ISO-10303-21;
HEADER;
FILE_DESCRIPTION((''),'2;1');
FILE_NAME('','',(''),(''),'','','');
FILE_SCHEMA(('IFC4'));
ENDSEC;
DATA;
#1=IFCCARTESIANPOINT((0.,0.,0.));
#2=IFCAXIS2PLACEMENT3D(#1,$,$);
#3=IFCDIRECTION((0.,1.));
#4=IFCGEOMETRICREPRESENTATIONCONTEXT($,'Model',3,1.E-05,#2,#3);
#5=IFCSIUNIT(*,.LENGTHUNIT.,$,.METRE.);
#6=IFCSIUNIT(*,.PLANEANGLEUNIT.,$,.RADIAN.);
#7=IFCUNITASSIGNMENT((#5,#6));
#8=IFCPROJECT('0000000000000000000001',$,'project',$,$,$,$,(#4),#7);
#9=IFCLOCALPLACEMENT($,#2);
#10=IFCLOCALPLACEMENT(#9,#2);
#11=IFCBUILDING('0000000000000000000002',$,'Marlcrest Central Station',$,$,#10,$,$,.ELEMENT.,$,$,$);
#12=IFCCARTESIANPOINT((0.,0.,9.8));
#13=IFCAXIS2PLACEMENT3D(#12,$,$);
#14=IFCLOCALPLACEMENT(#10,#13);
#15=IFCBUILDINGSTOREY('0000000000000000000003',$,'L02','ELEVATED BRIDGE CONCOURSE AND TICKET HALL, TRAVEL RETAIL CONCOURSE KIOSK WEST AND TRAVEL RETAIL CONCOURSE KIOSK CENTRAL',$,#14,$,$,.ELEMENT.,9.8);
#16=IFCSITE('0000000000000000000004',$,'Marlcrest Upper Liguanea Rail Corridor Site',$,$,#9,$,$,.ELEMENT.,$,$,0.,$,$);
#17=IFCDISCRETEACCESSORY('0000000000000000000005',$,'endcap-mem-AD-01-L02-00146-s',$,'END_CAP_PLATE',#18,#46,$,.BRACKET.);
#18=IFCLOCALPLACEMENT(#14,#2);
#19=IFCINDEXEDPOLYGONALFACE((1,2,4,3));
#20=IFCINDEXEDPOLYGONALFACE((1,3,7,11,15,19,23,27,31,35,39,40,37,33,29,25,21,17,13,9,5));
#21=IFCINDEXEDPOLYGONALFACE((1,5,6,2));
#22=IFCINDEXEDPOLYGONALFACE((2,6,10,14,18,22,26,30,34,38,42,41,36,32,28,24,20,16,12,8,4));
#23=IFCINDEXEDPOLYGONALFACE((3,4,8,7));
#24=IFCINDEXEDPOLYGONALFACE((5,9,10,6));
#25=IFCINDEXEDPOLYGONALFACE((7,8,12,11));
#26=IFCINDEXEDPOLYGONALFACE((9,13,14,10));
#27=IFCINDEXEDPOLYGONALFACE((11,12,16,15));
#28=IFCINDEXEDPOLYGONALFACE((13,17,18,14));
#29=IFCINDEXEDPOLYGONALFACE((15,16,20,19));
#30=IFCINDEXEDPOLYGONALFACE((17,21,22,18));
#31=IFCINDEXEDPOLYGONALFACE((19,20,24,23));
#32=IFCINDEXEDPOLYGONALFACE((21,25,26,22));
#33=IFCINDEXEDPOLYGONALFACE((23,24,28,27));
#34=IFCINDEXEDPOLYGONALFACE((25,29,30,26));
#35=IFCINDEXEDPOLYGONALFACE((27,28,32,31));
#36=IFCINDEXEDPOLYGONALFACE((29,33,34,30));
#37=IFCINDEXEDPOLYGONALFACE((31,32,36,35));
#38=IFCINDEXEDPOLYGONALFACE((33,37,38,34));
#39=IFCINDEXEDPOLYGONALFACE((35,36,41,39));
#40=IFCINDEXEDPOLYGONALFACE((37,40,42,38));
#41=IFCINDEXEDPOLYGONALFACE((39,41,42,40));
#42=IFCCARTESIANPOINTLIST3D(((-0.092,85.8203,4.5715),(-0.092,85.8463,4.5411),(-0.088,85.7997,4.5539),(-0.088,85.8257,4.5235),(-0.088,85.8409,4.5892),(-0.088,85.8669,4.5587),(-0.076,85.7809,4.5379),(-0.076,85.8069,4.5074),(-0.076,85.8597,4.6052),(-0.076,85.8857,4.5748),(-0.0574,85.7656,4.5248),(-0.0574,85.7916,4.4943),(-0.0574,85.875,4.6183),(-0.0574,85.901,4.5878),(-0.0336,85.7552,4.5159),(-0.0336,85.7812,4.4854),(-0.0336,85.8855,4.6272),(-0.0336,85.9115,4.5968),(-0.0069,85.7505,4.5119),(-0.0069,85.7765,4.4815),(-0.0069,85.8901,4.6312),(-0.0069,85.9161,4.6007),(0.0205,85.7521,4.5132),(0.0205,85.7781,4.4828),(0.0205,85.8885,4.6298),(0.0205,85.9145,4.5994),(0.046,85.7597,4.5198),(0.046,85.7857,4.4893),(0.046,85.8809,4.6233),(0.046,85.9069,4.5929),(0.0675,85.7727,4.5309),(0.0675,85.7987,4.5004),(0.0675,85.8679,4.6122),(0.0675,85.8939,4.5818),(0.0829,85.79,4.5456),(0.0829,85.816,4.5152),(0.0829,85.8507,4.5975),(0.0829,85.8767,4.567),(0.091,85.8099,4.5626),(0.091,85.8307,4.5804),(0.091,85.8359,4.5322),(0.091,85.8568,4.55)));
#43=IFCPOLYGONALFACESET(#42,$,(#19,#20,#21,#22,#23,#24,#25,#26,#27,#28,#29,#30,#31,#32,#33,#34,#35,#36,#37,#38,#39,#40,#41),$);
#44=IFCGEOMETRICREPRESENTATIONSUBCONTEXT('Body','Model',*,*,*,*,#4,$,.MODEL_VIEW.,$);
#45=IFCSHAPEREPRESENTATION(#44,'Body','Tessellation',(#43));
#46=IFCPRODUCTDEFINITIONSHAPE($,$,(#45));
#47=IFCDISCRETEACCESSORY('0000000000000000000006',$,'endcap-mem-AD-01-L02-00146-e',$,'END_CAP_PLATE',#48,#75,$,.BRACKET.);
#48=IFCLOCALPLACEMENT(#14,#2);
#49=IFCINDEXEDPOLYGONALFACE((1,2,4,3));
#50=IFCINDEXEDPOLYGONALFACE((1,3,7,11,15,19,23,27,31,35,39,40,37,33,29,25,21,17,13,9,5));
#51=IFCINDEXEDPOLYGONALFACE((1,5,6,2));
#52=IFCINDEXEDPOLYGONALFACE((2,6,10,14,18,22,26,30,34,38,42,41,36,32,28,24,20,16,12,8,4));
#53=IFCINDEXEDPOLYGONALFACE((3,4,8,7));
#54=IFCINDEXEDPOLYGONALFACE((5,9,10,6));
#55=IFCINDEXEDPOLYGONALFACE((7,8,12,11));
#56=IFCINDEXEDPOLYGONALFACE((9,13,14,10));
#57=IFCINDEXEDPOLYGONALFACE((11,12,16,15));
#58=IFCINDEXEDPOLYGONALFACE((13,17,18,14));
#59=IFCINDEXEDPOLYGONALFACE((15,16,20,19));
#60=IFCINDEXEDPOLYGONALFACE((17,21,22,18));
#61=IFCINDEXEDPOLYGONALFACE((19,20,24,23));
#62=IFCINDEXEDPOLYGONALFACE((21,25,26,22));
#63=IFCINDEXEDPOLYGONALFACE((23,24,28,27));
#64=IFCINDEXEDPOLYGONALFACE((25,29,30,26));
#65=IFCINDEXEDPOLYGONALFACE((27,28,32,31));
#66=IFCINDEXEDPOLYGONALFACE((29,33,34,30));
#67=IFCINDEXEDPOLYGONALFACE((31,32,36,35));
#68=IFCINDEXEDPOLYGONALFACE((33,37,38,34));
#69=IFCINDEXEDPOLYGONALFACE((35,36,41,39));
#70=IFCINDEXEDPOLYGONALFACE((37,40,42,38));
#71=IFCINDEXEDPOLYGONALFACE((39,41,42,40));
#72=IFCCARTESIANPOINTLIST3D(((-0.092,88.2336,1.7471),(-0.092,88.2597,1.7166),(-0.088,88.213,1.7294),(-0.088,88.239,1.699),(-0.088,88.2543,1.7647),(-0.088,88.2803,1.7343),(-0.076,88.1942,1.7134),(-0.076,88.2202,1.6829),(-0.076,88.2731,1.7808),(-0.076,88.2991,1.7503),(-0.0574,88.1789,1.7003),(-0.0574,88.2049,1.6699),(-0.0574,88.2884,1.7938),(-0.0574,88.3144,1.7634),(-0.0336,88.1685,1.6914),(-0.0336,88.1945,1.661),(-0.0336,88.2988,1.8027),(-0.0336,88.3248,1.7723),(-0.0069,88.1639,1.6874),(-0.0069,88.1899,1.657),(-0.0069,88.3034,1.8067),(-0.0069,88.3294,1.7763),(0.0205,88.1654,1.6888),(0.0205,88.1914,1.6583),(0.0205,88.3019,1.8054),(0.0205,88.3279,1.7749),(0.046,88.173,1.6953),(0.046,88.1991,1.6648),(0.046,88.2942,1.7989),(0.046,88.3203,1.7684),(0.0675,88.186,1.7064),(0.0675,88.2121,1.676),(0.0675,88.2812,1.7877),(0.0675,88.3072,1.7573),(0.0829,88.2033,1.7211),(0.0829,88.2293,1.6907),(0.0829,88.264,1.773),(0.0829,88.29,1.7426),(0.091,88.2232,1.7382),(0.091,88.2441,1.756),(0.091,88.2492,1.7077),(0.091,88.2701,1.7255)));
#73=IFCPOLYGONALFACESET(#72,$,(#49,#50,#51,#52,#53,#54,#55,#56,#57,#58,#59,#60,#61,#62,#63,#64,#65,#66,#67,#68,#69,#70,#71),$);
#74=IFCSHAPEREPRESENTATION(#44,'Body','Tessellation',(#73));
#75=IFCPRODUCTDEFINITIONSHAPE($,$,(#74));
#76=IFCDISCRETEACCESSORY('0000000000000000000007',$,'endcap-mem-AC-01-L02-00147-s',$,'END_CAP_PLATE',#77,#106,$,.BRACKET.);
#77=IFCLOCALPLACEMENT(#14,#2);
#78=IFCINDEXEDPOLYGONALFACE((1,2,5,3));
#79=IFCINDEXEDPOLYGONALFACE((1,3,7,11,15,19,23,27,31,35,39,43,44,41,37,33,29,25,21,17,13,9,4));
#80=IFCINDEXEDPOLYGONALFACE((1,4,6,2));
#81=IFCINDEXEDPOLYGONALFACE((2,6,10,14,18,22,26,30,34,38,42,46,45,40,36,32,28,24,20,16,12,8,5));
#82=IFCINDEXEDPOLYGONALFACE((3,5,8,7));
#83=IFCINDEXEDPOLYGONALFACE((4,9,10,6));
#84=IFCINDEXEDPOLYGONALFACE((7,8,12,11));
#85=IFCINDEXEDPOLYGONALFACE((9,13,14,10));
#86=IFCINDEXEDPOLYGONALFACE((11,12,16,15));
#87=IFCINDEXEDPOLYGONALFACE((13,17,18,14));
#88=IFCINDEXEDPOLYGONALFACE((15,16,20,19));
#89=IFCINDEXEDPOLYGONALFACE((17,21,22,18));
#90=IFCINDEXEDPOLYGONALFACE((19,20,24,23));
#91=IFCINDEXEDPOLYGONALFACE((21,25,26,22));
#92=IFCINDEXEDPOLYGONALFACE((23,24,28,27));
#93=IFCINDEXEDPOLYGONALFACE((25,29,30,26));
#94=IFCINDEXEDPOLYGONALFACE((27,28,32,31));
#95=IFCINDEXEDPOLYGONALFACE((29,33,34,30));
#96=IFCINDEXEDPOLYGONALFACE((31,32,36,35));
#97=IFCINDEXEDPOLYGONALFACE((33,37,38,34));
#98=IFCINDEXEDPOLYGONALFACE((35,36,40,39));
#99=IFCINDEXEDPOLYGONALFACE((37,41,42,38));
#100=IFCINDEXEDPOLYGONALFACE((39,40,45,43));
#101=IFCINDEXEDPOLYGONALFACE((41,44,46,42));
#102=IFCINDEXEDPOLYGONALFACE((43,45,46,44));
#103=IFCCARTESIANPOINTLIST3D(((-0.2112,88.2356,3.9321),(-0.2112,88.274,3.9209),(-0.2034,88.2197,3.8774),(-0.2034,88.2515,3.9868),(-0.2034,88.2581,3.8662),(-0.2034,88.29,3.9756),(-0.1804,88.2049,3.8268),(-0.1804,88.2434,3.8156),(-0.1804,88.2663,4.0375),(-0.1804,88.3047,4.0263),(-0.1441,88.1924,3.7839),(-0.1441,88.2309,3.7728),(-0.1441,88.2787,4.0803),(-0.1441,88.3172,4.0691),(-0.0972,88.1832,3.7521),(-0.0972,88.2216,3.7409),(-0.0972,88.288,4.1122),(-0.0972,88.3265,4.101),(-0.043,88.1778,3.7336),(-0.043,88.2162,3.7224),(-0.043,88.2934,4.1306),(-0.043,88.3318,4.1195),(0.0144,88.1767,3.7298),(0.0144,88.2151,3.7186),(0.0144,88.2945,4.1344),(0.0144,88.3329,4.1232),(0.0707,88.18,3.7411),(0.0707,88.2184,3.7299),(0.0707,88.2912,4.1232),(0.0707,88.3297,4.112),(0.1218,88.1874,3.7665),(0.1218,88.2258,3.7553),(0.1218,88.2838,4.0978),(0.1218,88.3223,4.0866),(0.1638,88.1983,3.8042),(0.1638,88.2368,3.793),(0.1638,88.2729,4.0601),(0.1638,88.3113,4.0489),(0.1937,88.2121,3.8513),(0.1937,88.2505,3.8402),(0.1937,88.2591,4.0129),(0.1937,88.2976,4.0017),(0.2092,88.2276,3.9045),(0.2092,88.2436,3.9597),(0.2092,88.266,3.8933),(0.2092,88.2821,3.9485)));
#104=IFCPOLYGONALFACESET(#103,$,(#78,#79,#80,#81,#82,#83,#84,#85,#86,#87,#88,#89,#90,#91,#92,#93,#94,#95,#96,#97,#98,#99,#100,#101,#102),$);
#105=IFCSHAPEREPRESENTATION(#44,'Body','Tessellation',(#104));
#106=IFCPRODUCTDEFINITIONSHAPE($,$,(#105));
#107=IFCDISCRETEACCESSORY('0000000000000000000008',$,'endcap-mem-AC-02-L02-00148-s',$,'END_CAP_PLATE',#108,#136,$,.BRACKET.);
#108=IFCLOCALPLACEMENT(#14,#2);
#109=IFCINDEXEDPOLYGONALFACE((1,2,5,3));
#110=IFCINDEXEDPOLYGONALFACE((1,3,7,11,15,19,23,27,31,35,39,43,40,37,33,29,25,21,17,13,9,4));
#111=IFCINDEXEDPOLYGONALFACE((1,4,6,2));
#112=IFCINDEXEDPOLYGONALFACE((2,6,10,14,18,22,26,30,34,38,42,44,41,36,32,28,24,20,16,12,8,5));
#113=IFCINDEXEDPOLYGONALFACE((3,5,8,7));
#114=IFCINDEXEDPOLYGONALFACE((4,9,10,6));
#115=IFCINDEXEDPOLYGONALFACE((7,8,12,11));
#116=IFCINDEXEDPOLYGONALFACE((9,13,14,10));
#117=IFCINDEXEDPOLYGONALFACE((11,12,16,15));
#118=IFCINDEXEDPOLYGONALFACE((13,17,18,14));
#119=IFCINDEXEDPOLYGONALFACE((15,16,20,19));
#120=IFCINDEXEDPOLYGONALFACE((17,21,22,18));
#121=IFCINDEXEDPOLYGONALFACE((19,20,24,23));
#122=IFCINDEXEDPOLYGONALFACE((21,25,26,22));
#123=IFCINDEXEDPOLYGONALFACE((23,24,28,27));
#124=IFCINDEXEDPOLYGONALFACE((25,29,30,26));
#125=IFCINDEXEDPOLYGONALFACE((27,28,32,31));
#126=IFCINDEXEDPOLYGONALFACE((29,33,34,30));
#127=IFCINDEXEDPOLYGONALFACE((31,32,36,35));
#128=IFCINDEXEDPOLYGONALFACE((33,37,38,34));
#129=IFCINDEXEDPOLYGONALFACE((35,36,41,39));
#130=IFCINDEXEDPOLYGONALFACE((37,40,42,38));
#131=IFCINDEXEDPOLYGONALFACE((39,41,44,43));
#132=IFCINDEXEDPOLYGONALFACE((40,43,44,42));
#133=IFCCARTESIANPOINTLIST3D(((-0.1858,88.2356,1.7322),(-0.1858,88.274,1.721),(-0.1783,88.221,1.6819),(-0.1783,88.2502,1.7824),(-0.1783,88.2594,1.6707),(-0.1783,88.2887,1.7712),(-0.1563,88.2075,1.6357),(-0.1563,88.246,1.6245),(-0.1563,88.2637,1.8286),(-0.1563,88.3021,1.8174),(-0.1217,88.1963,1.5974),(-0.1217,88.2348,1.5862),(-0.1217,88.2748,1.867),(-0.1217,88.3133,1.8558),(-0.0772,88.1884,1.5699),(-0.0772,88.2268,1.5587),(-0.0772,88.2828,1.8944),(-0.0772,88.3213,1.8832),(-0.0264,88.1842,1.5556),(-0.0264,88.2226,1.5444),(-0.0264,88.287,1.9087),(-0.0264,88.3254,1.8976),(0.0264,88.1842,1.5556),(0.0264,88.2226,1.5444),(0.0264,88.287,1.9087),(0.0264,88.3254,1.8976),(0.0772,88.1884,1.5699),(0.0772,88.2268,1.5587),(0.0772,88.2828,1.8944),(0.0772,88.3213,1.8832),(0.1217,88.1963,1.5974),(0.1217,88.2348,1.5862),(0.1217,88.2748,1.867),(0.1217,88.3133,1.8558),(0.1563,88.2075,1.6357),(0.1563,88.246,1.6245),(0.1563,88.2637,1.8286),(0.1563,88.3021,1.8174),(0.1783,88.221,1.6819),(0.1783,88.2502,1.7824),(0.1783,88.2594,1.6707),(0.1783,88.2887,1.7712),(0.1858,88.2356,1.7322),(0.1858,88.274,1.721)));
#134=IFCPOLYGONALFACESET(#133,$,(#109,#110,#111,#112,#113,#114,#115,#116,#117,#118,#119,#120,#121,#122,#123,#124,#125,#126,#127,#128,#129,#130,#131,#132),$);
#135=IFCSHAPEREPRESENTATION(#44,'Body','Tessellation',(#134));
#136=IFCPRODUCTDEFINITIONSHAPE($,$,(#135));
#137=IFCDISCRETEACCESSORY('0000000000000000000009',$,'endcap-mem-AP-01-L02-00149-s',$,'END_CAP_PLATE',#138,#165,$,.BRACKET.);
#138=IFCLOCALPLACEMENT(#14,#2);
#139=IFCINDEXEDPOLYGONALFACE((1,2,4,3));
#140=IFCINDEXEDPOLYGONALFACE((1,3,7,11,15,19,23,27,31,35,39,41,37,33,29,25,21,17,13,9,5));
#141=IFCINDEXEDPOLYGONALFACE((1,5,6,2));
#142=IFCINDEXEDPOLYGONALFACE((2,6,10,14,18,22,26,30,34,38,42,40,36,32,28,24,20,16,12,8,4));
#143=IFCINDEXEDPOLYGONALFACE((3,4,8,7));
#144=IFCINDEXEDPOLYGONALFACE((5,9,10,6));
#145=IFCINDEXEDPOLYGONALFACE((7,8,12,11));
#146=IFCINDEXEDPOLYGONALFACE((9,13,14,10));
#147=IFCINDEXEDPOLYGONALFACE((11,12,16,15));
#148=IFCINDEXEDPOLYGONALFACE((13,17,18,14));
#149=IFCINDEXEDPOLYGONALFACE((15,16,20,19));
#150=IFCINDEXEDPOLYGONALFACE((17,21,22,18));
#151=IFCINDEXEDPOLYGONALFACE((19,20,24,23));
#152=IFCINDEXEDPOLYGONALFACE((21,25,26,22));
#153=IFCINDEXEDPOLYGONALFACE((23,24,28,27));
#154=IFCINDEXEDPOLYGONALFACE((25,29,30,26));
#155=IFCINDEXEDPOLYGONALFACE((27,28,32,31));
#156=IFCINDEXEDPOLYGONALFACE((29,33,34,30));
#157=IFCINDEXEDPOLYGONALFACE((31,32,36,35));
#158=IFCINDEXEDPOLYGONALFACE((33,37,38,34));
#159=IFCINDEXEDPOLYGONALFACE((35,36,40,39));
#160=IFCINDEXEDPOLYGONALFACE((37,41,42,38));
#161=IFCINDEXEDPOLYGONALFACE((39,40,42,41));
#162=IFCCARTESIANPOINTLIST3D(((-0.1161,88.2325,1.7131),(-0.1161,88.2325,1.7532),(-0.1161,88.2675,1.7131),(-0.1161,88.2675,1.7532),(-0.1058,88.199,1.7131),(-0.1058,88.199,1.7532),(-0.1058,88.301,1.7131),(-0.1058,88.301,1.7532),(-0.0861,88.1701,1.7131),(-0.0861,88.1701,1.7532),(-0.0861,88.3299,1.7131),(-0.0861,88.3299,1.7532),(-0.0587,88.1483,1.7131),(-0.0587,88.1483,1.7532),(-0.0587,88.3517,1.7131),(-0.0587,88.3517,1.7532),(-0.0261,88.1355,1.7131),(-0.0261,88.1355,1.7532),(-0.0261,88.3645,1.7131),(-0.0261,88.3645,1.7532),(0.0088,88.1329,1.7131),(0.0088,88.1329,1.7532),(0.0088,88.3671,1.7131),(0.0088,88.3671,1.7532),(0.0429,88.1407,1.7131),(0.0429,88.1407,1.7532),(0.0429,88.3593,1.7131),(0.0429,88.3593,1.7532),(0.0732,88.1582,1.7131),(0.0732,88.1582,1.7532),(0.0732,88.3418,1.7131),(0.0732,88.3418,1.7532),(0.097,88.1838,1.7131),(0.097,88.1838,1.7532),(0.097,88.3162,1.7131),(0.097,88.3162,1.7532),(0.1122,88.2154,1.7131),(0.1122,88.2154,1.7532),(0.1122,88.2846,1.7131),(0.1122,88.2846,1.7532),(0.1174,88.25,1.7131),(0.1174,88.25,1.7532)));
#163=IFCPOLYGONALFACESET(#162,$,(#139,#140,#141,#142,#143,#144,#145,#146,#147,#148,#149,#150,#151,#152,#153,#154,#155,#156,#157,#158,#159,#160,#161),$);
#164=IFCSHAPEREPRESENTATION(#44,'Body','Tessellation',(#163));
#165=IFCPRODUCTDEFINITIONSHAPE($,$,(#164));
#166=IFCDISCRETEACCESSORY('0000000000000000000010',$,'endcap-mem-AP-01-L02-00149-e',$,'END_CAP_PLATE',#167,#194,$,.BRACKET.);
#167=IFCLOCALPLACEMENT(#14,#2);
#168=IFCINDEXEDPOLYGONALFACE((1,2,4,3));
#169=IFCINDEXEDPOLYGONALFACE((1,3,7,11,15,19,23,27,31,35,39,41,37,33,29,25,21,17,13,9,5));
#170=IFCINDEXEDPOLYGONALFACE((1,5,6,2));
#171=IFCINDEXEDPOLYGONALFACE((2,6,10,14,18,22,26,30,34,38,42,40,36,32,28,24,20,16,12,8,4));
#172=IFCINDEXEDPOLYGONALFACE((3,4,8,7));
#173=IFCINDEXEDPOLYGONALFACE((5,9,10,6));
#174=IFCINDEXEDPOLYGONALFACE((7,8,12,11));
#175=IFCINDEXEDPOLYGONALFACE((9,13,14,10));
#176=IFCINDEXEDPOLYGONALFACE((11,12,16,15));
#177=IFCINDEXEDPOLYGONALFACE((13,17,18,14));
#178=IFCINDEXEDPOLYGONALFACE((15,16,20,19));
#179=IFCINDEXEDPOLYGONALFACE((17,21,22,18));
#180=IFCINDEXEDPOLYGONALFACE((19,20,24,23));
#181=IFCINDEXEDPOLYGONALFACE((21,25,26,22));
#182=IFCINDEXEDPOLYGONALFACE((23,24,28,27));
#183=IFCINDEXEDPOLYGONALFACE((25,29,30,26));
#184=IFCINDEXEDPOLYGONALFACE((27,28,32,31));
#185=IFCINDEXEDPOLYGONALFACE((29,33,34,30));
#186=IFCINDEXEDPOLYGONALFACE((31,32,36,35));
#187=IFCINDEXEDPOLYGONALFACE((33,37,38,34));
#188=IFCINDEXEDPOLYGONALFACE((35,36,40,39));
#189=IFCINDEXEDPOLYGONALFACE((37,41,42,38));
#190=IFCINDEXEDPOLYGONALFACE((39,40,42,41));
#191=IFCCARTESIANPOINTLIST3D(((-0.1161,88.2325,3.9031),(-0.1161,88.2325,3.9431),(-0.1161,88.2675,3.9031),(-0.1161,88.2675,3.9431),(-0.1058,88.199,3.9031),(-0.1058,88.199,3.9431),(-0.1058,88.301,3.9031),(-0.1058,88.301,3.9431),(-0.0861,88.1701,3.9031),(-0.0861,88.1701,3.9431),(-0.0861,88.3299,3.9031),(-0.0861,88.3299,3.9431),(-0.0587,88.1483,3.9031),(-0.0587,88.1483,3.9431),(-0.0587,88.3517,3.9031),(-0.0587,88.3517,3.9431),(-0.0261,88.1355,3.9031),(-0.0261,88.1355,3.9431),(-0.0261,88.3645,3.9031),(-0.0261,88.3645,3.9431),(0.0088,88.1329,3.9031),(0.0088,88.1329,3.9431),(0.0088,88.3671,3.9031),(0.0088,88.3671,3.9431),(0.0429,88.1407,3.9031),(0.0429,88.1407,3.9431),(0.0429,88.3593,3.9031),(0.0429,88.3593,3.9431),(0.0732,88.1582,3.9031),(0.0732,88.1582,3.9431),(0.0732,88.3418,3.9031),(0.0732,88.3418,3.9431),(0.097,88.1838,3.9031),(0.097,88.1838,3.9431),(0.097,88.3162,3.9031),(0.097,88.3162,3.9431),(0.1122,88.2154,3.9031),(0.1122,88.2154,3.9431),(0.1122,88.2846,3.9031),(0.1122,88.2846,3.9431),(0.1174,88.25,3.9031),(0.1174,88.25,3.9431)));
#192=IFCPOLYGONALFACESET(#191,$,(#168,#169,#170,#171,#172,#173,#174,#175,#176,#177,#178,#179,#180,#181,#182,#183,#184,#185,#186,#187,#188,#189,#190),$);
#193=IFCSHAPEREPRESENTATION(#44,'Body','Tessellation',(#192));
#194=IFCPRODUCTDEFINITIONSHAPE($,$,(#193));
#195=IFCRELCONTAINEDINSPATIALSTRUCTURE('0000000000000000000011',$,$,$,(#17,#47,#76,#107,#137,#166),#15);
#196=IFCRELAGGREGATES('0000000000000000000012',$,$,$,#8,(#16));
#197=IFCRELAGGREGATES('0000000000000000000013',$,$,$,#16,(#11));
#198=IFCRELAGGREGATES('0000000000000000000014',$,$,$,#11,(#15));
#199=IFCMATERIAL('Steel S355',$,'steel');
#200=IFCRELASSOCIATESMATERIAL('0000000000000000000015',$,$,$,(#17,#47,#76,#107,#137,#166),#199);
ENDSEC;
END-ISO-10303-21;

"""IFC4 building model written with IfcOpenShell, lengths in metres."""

from ifc_helpers import new_model, si_unit, direction, frame, origin, origin_2d, place, context, subcontext, project, spatial, circle, extrude, material, element, save


model = new_model("IFC4")

# Units and contexts
model_context = context("Model", 3, precision=1e-05, world=origin(), true_north=direction((0.0, 1.0)))
body_context = subcontext(model_context, "Body", "Model", "MODEL_VIEW")
ifc_project = project(units=[si_unit("LENGTHUNIT", "METRE"), si_unit("PLANEANGLEUNIT", "RADIAN")], contexts=[model_context])

# Site, building, storey
site_placement = place(None, origin())
site = spatial("IfcSite", under=ifc_project, at=site_placement, Name="Marlcrest Upper Liguanea Rail Corridor Site", CompositionType="ELEMENT", RefElevation=0.0)
building_placement = place(site_placement, origin())
building = spatial("IfcBuilding", under=site, at=building_placement, Name="Marlcrest Central Station", CompositionType="ELEMENT")
storey_placement = place(building_placement, frame((0.0, 0.0, 9.8)))
storey = spatial("IfcBuildingStorey", under=building, at=storey_placement, Name="L02", Description="ELEVATED BRIDGE CONCOURSE AND TICKET HALL, TRAVEL RETAIL CONCOURSE KIOSK WEST AND TRAVEL RETAIL CONCOURSE KIOSK CENTRAL", CompositionType="ELEMENT", Elevation=9.8)

# Shared definitions
ifc_material_1 = material(Name="Steel S355", Category="steel")

# Discrete accessories
for number, where, z_axis, x_axis, name in (
    (1, (0.0, 85.8203, 4.5715), (0.0, 0.649625, -0.760255), (-1.0, 0.0, 0.0), "endcap-mem-AD-01-L02-00146-s"),
    (2, (0.0, 88.2336, 1.7471), (0.0, 0.649625, -0.760255), (-1.0, 0.0, 0.0), "endcap-mem-AD-01-L02-00146-e"),
):
    element("IfcDiscreteAccessory", number, at=place(storey_placement, frame(where, z_axis=z_axis, x_axis=x_axis)), inside=storey, material=ifc_material_1, Name=name, ObjectType="END_CAP_PLATE", PredefinedType="BRACKET", context=body_context, shape_type="SweptSolid", body=[
        extrude(circle(Radius=0.092, at=origin_2d()), origin(), (0.0, 0.0, 1.0), 0.04),
    ])
discrete_accessory_1_placement = place(storey_placement, frame((0.0, 88.2356, 3.9321), z_axis=(0.0, 0.96013, -0.279554), x_axis=(-1.0, 0.0, 0.0)))
element("IfcDiscreteAccessory", 3, at=discrete_accessory_1_placement, inside=storey, material=ifc_material_1, Name="endcap-mem-AC-01-L02-00147-s", ObjectType="END_CAP_PLATE", PredefinedType="BRACKET", context=body_context, shape_type="SweptSolid", body=[
    extrude(circle(Radius=0.2112, at=origin_2d()), origin(), (0.0, 0.0, 1.0), 0.04),
])
discrete_accessory_2_placement = place(storey_placement, frame((0.0, 88.2356, 1.7322), z_axis=(0.0, 0.96013, -0.279554), x_axis=(-1.0, 0.0, 0.0)))
element("IfcDiscreteAccessory", 4, at=discrete_accessory_2_placement, inside=storey, material=ifc_material_1, Name="endcap-mem-AC-02-L02-00148-s", ObjectType="END_CAP_PLATE", PredefinedType="BRACKET", context=body_context, shape_type="SweptSolid", body=[
    extrude(circle(Radius=0.1858, at=origin_2d()), origin(), (0.0, 0.0, 1.0), 0.04),
])
for number, where, z_axis, x_axis, name in (
    (5, (0.0, 88.25, 1.7131), (0.0, 0.0, 1.0), (1.0, 0.0, 0.0), "endcap-mem-AP-01-L02-00149-s"),
    (6, (0.0, 88.25, 3.9031), (0.0, 0.0, 1.0), (1.0, 0.0, 0.0), "endcap-mem-AP-01-L02-00149-e"),
):
    element("IfcDiscreteAccessory", number, at=place(storey_placement, frame(where, z_axis=z_axis, x_axis=x_axis)), inside=storey, material=ifc_material_1, Name=name, ObjectType="END_CAP_PLATE", PredefinedType="BRACKET", context=body_context, shape_type="SweptSolid", body=[
        extrude(circle(Radius=0.1174, at=origin_2d()), origin(), (0.0, 0.0, 1.0), 0.04),
    ])

save(model, "model.ifc")
